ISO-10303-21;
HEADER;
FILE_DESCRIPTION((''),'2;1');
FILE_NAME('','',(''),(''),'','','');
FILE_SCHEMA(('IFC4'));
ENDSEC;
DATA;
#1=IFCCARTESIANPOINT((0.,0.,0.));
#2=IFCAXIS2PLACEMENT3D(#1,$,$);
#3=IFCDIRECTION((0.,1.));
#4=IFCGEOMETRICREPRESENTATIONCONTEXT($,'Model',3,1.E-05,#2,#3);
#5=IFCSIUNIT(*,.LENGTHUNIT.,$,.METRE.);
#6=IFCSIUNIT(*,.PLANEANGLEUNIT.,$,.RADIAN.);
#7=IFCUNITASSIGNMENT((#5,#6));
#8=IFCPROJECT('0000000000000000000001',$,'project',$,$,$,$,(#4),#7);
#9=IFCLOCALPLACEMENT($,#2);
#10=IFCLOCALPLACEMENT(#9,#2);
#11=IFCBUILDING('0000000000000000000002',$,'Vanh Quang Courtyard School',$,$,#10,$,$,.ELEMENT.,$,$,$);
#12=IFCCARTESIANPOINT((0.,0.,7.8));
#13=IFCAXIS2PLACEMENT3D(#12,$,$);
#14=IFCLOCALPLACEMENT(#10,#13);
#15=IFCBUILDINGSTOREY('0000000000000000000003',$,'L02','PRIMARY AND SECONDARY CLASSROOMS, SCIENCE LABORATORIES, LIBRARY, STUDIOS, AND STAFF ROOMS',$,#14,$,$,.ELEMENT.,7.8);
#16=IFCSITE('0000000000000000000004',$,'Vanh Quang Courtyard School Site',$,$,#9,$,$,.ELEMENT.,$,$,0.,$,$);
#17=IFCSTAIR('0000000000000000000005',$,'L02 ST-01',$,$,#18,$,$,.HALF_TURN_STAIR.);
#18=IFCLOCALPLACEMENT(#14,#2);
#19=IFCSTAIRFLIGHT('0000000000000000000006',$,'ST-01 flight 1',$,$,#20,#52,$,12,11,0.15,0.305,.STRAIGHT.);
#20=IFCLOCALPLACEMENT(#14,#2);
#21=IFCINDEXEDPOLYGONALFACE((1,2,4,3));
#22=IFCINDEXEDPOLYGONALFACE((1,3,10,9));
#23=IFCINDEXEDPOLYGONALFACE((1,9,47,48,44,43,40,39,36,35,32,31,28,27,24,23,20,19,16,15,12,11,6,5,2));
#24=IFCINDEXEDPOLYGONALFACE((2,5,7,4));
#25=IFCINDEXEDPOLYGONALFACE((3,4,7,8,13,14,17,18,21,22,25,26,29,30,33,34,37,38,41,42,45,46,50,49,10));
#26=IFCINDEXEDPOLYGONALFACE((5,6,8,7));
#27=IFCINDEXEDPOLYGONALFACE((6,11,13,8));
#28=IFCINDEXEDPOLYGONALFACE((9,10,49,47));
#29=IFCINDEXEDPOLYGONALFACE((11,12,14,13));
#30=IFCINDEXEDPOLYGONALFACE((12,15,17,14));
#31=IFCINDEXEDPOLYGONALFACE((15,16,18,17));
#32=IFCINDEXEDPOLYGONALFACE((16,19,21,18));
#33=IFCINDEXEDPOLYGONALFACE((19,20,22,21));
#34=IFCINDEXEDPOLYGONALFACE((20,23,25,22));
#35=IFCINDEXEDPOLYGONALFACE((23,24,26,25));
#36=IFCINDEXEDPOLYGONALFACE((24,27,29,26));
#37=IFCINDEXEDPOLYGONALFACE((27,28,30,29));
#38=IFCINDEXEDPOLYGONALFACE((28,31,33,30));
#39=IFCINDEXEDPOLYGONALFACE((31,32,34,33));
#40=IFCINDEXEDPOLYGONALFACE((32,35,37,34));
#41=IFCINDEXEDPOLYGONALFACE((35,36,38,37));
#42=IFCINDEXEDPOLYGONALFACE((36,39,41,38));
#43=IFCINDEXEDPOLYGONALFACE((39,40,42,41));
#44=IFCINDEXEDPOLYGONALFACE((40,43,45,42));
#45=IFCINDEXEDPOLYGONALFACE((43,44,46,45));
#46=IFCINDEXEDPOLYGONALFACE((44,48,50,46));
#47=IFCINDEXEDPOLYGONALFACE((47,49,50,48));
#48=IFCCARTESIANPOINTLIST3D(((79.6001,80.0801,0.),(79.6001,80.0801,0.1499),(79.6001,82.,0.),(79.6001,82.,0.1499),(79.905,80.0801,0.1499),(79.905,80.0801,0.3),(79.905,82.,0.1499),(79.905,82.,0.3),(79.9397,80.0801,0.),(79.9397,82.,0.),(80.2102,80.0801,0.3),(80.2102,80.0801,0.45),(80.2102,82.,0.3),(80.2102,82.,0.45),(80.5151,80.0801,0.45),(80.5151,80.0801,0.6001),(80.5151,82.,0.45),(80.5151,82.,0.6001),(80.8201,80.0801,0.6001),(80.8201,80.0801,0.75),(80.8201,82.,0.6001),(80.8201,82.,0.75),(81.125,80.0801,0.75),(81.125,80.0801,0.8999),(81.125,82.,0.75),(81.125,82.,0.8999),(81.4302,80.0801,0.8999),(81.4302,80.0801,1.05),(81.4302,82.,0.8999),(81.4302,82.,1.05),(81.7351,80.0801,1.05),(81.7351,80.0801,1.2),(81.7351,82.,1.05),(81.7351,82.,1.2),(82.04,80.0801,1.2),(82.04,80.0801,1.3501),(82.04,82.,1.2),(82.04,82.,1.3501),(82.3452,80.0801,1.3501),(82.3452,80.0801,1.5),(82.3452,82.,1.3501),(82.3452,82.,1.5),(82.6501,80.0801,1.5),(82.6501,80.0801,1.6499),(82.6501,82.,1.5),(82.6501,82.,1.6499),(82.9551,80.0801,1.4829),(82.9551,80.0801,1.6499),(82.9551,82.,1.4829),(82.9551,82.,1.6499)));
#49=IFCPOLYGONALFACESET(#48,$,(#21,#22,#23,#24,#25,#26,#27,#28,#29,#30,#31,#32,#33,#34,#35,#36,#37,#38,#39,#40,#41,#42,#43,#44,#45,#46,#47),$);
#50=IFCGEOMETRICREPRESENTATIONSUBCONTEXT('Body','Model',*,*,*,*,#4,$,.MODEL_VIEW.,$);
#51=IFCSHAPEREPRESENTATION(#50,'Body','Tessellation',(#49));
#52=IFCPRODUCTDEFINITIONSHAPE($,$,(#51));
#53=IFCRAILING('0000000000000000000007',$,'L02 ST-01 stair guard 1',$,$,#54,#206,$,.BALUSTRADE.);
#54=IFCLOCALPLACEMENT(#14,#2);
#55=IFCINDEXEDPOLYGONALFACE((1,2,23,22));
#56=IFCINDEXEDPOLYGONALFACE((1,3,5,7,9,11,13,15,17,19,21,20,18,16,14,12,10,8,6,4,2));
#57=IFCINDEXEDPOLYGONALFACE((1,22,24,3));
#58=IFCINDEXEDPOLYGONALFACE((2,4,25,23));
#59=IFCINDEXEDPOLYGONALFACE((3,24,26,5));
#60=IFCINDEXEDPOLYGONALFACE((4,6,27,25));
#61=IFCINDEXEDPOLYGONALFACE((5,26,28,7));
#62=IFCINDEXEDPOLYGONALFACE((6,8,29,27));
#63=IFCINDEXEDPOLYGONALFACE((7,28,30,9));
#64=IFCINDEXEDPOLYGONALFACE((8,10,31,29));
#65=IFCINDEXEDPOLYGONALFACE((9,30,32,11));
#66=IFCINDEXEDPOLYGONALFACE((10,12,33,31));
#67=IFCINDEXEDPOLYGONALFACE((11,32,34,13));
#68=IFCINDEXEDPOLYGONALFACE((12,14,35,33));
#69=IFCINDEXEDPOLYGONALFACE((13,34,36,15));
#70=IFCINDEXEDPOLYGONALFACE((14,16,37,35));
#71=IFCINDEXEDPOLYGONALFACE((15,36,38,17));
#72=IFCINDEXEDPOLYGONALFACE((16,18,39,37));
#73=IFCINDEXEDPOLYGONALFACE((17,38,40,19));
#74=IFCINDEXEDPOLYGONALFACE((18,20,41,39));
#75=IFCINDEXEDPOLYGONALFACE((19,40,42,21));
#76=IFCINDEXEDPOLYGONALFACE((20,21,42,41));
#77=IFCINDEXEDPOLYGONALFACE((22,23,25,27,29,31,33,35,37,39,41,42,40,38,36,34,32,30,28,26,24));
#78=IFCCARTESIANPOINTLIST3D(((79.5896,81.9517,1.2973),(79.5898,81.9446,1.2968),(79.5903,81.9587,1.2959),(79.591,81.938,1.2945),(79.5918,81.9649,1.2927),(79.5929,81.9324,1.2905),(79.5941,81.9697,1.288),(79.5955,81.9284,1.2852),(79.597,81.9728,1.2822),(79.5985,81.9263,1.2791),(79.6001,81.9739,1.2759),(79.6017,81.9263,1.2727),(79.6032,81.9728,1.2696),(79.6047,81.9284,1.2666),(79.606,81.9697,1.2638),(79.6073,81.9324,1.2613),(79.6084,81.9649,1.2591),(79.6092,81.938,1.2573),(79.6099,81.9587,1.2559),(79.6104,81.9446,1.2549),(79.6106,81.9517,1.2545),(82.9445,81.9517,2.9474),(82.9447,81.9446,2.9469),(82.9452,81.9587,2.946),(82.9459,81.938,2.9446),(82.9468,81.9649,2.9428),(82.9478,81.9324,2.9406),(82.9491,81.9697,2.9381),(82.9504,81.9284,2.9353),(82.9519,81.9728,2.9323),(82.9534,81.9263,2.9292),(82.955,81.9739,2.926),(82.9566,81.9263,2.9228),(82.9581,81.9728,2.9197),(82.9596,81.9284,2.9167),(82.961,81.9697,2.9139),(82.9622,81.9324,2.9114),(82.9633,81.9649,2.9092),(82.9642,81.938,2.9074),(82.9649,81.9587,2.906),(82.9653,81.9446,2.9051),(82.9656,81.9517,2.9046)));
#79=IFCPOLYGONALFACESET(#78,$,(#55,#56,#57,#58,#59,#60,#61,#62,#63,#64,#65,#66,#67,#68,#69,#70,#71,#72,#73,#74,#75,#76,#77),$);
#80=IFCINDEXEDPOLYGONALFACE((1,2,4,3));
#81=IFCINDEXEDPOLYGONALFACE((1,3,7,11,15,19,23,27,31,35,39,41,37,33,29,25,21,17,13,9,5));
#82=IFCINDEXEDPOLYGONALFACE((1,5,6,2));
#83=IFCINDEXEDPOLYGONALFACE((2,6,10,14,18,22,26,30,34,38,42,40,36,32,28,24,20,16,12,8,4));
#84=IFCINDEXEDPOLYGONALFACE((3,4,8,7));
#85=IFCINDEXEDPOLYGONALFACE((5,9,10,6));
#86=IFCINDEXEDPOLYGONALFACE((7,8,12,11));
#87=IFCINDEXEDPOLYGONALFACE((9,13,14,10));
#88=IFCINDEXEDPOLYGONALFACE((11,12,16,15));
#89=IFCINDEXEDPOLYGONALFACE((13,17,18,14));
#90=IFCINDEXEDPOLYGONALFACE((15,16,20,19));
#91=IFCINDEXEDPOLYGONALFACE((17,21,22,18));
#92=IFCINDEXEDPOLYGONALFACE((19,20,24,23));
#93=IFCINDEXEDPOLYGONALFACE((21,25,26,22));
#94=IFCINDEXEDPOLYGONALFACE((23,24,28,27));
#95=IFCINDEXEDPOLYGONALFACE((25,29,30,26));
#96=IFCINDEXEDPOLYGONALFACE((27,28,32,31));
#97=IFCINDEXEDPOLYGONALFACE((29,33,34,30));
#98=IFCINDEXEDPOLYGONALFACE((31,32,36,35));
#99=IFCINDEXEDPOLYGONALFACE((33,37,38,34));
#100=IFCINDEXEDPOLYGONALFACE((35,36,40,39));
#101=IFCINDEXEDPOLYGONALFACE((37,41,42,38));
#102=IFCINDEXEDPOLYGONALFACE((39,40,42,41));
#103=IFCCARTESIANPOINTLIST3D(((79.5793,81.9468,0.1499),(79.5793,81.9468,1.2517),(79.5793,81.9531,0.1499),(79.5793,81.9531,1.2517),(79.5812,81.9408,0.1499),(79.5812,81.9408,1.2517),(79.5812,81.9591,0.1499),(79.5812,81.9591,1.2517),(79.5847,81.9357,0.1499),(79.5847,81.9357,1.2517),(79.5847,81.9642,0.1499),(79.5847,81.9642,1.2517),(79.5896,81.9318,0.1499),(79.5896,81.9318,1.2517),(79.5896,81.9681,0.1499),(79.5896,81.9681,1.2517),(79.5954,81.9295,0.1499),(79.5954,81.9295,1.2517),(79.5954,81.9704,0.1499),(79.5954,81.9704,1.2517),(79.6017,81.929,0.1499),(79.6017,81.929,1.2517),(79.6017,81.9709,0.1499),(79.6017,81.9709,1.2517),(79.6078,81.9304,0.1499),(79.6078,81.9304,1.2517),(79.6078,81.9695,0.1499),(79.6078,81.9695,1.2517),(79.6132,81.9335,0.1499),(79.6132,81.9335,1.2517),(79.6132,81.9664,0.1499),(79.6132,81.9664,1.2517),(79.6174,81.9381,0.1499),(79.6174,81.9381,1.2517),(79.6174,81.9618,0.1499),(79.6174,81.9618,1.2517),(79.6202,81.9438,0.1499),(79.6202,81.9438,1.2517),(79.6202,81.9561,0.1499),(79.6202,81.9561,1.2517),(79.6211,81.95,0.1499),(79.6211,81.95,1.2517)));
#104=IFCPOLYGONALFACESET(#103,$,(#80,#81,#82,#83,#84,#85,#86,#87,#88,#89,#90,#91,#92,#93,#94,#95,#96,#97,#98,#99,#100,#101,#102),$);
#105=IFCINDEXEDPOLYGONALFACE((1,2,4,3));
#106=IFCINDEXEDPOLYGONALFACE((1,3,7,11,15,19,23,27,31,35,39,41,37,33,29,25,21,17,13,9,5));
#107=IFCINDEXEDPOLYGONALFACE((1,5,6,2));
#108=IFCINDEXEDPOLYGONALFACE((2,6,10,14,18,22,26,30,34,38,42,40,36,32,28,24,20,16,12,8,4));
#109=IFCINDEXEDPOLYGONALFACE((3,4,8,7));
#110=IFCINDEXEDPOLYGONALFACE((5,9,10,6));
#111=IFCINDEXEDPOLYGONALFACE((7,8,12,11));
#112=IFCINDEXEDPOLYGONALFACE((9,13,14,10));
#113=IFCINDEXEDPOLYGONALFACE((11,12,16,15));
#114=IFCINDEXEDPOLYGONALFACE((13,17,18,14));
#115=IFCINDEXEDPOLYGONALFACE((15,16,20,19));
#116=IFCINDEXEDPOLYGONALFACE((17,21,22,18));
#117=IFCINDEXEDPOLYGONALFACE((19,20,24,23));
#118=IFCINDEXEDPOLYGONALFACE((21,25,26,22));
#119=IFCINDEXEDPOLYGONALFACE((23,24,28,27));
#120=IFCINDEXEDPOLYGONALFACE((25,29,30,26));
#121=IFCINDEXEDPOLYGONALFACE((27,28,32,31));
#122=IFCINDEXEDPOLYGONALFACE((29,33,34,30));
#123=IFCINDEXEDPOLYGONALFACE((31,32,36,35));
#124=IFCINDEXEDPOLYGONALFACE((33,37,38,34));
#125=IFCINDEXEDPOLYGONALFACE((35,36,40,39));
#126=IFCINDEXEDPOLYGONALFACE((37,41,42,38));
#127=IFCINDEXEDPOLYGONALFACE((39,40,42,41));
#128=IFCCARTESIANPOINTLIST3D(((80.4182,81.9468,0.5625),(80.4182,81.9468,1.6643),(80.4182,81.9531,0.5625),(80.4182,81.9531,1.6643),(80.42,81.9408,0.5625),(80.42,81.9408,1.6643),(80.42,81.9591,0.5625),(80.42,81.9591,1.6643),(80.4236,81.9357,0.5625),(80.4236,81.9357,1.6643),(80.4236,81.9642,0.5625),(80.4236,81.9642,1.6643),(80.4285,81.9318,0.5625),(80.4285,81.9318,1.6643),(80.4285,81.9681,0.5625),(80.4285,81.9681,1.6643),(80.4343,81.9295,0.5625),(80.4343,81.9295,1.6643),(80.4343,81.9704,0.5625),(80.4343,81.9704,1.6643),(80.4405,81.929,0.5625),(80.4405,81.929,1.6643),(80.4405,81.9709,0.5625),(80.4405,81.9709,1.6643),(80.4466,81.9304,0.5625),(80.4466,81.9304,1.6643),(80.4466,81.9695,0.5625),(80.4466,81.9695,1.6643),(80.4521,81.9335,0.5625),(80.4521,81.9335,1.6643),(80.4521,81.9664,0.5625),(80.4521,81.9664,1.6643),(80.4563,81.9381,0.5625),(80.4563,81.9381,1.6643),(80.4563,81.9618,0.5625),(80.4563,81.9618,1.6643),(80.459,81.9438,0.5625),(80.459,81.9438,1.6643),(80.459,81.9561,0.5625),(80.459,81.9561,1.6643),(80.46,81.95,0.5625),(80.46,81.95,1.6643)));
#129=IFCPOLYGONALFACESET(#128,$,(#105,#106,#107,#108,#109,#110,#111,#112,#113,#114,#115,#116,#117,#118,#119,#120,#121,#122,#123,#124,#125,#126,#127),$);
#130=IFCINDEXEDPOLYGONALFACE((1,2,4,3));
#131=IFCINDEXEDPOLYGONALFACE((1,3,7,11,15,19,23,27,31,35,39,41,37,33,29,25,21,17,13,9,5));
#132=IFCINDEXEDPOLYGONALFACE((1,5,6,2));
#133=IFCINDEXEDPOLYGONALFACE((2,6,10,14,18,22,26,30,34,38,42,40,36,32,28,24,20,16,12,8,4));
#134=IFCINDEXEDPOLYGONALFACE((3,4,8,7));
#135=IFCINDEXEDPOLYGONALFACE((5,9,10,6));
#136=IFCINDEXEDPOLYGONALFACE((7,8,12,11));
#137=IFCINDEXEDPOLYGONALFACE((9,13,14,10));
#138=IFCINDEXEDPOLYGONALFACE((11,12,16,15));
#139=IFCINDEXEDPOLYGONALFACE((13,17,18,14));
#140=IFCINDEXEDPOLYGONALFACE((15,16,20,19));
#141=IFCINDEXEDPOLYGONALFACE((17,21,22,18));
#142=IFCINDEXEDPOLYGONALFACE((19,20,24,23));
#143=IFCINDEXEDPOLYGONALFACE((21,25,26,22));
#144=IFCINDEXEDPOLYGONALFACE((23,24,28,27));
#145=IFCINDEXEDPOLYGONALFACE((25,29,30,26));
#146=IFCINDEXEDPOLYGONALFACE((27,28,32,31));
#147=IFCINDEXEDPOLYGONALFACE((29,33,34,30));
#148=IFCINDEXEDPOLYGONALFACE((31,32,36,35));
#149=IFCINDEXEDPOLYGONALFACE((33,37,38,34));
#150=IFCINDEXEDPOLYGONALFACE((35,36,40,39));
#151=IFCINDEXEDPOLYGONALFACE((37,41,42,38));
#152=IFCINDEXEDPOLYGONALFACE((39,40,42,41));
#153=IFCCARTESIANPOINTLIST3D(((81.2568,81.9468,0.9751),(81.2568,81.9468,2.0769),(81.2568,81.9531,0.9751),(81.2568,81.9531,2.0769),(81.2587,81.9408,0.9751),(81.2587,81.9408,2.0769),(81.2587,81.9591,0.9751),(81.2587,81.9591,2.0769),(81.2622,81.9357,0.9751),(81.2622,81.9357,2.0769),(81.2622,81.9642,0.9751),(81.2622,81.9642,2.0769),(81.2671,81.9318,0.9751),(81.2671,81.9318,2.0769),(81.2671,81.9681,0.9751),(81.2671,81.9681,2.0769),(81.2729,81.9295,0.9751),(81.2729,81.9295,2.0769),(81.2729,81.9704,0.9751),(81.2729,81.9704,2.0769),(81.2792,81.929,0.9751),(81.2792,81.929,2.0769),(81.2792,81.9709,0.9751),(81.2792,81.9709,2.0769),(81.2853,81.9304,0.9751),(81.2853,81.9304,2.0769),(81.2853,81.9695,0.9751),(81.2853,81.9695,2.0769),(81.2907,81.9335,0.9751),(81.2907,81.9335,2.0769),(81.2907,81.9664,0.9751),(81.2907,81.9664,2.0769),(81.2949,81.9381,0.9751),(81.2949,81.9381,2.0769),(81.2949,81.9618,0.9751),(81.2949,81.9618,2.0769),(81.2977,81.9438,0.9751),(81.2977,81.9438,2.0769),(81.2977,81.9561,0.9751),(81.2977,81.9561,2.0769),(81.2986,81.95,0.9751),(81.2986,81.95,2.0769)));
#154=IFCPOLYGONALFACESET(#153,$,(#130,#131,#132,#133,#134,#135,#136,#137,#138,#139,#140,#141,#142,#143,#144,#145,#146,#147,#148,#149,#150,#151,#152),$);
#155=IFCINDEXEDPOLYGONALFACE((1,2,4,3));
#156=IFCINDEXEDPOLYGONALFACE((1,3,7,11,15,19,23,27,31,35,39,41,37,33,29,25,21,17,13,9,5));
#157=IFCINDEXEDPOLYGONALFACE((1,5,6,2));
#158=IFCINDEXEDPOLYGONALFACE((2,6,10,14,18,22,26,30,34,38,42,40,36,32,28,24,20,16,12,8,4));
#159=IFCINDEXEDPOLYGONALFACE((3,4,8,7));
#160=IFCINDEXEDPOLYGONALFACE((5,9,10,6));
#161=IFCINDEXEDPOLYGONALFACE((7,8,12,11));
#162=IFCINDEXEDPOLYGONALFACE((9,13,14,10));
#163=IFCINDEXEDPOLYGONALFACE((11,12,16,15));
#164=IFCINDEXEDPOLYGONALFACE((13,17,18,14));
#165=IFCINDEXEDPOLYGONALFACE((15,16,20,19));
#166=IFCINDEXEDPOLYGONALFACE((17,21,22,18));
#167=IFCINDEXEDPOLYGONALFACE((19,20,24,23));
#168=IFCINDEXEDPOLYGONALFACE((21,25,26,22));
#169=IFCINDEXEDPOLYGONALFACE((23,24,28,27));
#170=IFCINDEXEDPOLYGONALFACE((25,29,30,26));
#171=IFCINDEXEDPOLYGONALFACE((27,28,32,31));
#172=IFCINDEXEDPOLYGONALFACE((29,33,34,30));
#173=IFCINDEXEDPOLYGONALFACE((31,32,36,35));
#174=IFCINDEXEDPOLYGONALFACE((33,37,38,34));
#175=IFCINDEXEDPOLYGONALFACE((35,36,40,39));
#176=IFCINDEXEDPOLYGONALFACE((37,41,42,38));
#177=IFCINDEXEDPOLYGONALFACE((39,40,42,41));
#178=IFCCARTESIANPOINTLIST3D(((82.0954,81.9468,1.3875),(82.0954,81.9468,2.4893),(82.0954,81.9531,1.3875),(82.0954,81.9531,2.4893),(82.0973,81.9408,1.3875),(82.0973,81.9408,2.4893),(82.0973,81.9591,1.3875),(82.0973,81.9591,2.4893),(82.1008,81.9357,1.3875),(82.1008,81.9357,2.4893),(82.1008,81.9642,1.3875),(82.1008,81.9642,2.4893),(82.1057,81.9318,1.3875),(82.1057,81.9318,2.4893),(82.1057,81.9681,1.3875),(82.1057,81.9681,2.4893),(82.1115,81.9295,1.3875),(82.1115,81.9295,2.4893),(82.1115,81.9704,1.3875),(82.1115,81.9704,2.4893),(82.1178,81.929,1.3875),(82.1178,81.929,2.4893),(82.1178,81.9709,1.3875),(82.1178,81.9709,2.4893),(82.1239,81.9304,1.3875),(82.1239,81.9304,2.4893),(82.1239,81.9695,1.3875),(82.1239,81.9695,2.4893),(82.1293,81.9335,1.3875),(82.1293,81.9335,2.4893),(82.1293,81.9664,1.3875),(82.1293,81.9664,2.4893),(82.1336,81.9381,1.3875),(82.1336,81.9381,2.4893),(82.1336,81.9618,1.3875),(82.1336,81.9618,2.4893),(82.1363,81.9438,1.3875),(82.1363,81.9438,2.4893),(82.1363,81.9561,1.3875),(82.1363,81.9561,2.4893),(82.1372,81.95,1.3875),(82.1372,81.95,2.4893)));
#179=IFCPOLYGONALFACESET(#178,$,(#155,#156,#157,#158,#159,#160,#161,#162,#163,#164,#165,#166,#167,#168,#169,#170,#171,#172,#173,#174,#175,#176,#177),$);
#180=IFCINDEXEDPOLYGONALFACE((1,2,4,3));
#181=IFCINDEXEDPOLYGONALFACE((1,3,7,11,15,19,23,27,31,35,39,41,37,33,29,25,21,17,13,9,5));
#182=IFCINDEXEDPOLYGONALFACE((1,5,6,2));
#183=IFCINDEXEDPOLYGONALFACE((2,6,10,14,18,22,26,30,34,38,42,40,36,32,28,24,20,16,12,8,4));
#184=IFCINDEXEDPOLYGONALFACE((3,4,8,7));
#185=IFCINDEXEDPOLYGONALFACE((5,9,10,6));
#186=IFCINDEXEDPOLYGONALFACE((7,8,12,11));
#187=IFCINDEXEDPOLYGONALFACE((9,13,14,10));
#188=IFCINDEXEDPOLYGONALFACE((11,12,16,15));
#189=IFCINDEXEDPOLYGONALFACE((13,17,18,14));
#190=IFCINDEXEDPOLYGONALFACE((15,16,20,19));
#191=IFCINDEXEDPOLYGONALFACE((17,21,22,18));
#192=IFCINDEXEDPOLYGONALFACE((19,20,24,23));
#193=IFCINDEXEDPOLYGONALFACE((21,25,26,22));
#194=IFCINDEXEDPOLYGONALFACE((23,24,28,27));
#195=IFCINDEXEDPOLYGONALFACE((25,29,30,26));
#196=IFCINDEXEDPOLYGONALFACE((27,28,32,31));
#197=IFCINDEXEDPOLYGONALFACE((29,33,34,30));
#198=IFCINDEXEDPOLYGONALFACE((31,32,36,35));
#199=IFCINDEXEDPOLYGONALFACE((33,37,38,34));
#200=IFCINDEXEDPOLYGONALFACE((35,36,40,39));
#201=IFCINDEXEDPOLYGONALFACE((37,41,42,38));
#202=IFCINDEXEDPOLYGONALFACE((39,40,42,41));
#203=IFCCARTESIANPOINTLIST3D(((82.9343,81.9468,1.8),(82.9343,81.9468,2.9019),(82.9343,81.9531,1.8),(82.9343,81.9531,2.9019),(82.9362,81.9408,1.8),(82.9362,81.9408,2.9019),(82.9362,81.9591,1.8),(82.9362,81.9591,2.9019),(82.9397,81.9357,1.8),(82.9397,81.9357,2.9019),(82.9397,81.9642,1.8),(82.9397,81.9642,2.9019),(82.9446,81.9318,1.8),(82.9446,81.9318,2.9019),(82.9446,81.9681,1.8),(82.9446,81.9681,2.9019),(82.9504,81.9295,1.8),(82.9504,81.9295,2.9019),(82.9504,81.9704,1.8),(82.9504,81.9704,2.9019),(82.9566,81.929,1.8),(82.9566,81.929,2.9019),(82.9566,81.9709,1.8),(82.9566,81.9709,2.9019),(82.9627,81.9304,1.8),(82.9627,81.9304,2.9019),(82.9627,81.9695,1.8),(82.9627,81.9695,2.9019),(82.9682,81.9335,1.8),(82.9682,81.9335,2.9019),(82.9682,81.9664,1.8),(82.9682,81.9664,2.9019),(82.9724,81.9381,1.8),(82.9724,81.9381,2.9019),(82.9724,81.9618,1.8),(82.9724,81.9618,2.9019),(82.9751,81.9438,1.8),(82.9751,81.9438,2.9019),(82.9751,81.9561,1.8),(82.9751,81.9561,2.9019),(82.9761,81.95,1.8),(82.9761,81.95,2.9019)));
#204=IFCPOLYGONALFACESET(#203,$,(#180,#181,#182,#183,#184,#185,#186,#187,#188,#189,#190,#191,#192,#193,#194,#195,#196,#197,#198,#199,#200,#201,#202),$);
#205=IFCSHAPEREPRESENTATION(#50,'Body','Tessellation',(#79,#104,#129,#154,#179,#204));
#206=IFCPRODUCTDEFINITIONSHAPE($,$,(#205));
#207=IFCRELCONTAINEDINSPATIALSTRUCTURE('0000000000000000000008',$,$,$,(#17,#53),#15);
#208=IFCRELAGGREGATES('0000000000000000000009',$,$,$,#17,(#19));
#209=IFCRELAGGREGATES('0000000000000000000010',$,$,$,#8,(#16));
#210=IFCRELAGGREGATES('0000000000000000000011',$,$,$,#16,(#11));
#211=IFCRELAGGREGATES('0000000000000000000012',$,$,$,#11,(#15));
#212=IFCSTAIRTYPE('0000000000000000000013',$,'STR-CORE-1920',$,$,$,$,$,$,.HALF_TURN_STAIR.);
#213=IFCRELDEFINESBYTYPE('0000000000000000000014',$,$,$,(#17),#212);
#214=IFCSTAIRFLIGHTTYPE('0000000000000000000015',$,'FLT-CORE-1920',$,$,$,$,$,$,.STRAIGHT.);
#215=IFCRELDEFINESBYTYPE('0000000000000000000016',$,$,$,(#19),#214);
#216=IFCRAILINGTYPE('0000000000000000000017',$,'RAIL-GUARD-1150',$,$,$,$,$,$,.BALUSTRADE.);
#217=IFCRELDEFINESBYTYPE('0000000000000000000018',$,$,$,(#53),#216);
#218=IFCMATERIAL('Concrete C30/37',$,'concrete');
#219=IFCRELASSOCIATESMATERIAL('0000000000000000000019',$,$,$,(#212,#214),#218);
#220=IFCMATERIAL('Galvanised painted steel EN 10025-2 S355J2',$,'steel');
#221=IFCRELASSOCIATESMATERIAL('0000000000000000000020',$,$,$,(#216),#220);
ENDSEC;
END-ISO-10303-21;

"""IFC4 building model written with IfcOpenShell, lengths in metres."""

from ifc_helpers import new_model, si_unit, direction, frame, origin, origin_2d, place, context, subcontext, project, spatial, polyline, circle, outline, extrude, material, type_object, element, aggregate, save


model = new_model("IFC4")

# Units and contexts
model_context = context("Model", 3, precision=1e-05, world=origin(), true_north=direction((0.0, 1.0)))
body_context = subcontext(model_context, "Body", "Model", "MODEL_VIEW")
ifc_project = project(units=[si_unit("LENGTHUNIT", "METRE"), si_unit("PLANEANGLEUNIT", "RADIAN")], contexts=[model_context])

# Site, building, storey
site_placement = place(None, origin())
site = spatial("IfcSite", under=ifc_project, at=site_placement, Name="Vanh Quang Courtyard School Site", CompositionType="ELEMENT", RefElevation=0.0)
building_placement = place(site_placement, origin())
building = spatial("IfcBuilding", under=site, at=building_placement, Name="Vanh Quang Courtyard School", CompositionType="ELEMENT")
storey_placement = place(building_placement, frame((0.0, 0.0, 7.8)))
storey = spatial("IfcBuildingStorey", under=building, at=storey_placement, Name="L02", Description="PRIMARY AND SECONDARY CLASSROOMS, SCIENCE LABORATORIES, LIBRARY, STUDIOS, AND STAFF ROOMS", CompositionType="ELEMENT", Elevation=7.8)

# Stair, stair flight
ifc_material_1 = material(Name="Concrete C30/37", Category="concrete")
stair_type = type_object("IfcStairType", Name="STR-CORE-1920", PredefinedType="HALF_TURN_STAIR", material=ifc_material_1)
stair_placement = place(storey_placement, origin())
stair = element("IfcStair", 1, at=stair_placement, inside=storey, type_object=stair_type, Name="L02 ST-01", PredefinedType="HALF_TURN_STAIR")
stair_flight_type = type_object("IfcStairFlightType", Name="FLT-CORE-1920", PredefinedType="STRAIGHT", material=ifc_material_1)
stair_flight_placement = place(storey_placement, frame((79.6001, 81.04, 0.0), z_axis=(0.0, 0.0, 1.0), x_axis=(1.0, 0.0, 0.0)))
stair_flight = element("IfcStairFlight", 2, at=stair_flight_placement, type_object=stair_flight_type, Name="ST-01 flight 1", NumberOfRisers=12, NumberOfTreads=11, PredefinedType="STRAIGHT", RiserHeight=0.15, TreadLength=0.305, context=body_context, shape_type="SweptSolid", body=[
    extrude(outline(polyline([(0.0, 0.0), (0.0, 0.1499), (0.3049, 0.1499), (0.3049, 0.3), (0.6101, 0.3), (0.6101, 0.45), (0.915, 0.45), (0.915, 0.6001), (1.22, 0.6001), (1.22, 0.75), (1.5249, 0.75), (1.5249, 0.8999), (1.8301, 0.8999), (1.8301, 1.05), (2.135, 1.05), (2.135, 1.2), (2.4399, 1.2), (2.4399, 1.3501), (2.7451, 1.3501), (2.7451, 1.5), (3.05, 1.5), (3.05, 1.6499), (3.355, 1.6499), (3.355, 1.8), (3.355, 1.4829), (0.3396, 0.0), (0.0, 0.0)])), frame((0.0, 0.96, 0.0), z_axis=(0.0, -1.0, 0.0), x_axis=(1.0, 0.0, 0.0)), (0.0, 0.0, 1.0), 1.9199),
])
aggregate(stair, [stair_flight])

# Railing
ifc_material_2 = material(Name="Galvanised painted steel EN 10025-2 S355J2", Category="steel")
railing_type_1 = type_object("IfcRailingType", Name="RAIL-GUARD-1150", PredefinedType="BALUSTRADE", material=ifc_material_2)
railing_1_placement = place(storey_placement, frame((79.6001, 81.95, 0.1499)))
element("IfcRailing", 3, at=railing_1_placement, inside=storey, type_object=railing_type_1, Name="L02 ST-01 stair guard 1", PredefinedType="BALUSTRADE", context=body_context, shape_type="SweptSolid", body=[
    extrude(circle(Radius=0.0239, at=origin_2d()), frame((0.0, 0.0, 1.126), z_axis=(0.897333, 0.0, 0.441353), x_axis=(0.0, 1.0, 0.0)), (0.0, 0.0, 1.0), 3.7388),
    extrude(circle(Radius=0.021, at=origin_2d()), origin(), (0.0, 0.0, 1.0), 1.1018),
    extrude(circle(Radius=0.021, at=origin_2d()), frame((0.8389, 0.0, 0.4126)), (0.0, 0.0, 1.0), 1.1018),
    extrude(circle(Radius=0.021, at=origin_2d()), frame((1.6775, 0.0, 0.8252)), (0.0, 0.0, 1.0), 1.1018),
    extrude(circle(Radius=0.021, at=origin_2d()), frame((2.5161, 0.0, 1.2375)), (0.0, 0.0, 1.0), 1.1018),
    extrude(circle(Radius=0.021, at=origin_2d()), frame((3.355, 0.0, 1.6501)), (0.0, 0.0, 1.0), 1.1018),
])

save(model, "model.ifc")
